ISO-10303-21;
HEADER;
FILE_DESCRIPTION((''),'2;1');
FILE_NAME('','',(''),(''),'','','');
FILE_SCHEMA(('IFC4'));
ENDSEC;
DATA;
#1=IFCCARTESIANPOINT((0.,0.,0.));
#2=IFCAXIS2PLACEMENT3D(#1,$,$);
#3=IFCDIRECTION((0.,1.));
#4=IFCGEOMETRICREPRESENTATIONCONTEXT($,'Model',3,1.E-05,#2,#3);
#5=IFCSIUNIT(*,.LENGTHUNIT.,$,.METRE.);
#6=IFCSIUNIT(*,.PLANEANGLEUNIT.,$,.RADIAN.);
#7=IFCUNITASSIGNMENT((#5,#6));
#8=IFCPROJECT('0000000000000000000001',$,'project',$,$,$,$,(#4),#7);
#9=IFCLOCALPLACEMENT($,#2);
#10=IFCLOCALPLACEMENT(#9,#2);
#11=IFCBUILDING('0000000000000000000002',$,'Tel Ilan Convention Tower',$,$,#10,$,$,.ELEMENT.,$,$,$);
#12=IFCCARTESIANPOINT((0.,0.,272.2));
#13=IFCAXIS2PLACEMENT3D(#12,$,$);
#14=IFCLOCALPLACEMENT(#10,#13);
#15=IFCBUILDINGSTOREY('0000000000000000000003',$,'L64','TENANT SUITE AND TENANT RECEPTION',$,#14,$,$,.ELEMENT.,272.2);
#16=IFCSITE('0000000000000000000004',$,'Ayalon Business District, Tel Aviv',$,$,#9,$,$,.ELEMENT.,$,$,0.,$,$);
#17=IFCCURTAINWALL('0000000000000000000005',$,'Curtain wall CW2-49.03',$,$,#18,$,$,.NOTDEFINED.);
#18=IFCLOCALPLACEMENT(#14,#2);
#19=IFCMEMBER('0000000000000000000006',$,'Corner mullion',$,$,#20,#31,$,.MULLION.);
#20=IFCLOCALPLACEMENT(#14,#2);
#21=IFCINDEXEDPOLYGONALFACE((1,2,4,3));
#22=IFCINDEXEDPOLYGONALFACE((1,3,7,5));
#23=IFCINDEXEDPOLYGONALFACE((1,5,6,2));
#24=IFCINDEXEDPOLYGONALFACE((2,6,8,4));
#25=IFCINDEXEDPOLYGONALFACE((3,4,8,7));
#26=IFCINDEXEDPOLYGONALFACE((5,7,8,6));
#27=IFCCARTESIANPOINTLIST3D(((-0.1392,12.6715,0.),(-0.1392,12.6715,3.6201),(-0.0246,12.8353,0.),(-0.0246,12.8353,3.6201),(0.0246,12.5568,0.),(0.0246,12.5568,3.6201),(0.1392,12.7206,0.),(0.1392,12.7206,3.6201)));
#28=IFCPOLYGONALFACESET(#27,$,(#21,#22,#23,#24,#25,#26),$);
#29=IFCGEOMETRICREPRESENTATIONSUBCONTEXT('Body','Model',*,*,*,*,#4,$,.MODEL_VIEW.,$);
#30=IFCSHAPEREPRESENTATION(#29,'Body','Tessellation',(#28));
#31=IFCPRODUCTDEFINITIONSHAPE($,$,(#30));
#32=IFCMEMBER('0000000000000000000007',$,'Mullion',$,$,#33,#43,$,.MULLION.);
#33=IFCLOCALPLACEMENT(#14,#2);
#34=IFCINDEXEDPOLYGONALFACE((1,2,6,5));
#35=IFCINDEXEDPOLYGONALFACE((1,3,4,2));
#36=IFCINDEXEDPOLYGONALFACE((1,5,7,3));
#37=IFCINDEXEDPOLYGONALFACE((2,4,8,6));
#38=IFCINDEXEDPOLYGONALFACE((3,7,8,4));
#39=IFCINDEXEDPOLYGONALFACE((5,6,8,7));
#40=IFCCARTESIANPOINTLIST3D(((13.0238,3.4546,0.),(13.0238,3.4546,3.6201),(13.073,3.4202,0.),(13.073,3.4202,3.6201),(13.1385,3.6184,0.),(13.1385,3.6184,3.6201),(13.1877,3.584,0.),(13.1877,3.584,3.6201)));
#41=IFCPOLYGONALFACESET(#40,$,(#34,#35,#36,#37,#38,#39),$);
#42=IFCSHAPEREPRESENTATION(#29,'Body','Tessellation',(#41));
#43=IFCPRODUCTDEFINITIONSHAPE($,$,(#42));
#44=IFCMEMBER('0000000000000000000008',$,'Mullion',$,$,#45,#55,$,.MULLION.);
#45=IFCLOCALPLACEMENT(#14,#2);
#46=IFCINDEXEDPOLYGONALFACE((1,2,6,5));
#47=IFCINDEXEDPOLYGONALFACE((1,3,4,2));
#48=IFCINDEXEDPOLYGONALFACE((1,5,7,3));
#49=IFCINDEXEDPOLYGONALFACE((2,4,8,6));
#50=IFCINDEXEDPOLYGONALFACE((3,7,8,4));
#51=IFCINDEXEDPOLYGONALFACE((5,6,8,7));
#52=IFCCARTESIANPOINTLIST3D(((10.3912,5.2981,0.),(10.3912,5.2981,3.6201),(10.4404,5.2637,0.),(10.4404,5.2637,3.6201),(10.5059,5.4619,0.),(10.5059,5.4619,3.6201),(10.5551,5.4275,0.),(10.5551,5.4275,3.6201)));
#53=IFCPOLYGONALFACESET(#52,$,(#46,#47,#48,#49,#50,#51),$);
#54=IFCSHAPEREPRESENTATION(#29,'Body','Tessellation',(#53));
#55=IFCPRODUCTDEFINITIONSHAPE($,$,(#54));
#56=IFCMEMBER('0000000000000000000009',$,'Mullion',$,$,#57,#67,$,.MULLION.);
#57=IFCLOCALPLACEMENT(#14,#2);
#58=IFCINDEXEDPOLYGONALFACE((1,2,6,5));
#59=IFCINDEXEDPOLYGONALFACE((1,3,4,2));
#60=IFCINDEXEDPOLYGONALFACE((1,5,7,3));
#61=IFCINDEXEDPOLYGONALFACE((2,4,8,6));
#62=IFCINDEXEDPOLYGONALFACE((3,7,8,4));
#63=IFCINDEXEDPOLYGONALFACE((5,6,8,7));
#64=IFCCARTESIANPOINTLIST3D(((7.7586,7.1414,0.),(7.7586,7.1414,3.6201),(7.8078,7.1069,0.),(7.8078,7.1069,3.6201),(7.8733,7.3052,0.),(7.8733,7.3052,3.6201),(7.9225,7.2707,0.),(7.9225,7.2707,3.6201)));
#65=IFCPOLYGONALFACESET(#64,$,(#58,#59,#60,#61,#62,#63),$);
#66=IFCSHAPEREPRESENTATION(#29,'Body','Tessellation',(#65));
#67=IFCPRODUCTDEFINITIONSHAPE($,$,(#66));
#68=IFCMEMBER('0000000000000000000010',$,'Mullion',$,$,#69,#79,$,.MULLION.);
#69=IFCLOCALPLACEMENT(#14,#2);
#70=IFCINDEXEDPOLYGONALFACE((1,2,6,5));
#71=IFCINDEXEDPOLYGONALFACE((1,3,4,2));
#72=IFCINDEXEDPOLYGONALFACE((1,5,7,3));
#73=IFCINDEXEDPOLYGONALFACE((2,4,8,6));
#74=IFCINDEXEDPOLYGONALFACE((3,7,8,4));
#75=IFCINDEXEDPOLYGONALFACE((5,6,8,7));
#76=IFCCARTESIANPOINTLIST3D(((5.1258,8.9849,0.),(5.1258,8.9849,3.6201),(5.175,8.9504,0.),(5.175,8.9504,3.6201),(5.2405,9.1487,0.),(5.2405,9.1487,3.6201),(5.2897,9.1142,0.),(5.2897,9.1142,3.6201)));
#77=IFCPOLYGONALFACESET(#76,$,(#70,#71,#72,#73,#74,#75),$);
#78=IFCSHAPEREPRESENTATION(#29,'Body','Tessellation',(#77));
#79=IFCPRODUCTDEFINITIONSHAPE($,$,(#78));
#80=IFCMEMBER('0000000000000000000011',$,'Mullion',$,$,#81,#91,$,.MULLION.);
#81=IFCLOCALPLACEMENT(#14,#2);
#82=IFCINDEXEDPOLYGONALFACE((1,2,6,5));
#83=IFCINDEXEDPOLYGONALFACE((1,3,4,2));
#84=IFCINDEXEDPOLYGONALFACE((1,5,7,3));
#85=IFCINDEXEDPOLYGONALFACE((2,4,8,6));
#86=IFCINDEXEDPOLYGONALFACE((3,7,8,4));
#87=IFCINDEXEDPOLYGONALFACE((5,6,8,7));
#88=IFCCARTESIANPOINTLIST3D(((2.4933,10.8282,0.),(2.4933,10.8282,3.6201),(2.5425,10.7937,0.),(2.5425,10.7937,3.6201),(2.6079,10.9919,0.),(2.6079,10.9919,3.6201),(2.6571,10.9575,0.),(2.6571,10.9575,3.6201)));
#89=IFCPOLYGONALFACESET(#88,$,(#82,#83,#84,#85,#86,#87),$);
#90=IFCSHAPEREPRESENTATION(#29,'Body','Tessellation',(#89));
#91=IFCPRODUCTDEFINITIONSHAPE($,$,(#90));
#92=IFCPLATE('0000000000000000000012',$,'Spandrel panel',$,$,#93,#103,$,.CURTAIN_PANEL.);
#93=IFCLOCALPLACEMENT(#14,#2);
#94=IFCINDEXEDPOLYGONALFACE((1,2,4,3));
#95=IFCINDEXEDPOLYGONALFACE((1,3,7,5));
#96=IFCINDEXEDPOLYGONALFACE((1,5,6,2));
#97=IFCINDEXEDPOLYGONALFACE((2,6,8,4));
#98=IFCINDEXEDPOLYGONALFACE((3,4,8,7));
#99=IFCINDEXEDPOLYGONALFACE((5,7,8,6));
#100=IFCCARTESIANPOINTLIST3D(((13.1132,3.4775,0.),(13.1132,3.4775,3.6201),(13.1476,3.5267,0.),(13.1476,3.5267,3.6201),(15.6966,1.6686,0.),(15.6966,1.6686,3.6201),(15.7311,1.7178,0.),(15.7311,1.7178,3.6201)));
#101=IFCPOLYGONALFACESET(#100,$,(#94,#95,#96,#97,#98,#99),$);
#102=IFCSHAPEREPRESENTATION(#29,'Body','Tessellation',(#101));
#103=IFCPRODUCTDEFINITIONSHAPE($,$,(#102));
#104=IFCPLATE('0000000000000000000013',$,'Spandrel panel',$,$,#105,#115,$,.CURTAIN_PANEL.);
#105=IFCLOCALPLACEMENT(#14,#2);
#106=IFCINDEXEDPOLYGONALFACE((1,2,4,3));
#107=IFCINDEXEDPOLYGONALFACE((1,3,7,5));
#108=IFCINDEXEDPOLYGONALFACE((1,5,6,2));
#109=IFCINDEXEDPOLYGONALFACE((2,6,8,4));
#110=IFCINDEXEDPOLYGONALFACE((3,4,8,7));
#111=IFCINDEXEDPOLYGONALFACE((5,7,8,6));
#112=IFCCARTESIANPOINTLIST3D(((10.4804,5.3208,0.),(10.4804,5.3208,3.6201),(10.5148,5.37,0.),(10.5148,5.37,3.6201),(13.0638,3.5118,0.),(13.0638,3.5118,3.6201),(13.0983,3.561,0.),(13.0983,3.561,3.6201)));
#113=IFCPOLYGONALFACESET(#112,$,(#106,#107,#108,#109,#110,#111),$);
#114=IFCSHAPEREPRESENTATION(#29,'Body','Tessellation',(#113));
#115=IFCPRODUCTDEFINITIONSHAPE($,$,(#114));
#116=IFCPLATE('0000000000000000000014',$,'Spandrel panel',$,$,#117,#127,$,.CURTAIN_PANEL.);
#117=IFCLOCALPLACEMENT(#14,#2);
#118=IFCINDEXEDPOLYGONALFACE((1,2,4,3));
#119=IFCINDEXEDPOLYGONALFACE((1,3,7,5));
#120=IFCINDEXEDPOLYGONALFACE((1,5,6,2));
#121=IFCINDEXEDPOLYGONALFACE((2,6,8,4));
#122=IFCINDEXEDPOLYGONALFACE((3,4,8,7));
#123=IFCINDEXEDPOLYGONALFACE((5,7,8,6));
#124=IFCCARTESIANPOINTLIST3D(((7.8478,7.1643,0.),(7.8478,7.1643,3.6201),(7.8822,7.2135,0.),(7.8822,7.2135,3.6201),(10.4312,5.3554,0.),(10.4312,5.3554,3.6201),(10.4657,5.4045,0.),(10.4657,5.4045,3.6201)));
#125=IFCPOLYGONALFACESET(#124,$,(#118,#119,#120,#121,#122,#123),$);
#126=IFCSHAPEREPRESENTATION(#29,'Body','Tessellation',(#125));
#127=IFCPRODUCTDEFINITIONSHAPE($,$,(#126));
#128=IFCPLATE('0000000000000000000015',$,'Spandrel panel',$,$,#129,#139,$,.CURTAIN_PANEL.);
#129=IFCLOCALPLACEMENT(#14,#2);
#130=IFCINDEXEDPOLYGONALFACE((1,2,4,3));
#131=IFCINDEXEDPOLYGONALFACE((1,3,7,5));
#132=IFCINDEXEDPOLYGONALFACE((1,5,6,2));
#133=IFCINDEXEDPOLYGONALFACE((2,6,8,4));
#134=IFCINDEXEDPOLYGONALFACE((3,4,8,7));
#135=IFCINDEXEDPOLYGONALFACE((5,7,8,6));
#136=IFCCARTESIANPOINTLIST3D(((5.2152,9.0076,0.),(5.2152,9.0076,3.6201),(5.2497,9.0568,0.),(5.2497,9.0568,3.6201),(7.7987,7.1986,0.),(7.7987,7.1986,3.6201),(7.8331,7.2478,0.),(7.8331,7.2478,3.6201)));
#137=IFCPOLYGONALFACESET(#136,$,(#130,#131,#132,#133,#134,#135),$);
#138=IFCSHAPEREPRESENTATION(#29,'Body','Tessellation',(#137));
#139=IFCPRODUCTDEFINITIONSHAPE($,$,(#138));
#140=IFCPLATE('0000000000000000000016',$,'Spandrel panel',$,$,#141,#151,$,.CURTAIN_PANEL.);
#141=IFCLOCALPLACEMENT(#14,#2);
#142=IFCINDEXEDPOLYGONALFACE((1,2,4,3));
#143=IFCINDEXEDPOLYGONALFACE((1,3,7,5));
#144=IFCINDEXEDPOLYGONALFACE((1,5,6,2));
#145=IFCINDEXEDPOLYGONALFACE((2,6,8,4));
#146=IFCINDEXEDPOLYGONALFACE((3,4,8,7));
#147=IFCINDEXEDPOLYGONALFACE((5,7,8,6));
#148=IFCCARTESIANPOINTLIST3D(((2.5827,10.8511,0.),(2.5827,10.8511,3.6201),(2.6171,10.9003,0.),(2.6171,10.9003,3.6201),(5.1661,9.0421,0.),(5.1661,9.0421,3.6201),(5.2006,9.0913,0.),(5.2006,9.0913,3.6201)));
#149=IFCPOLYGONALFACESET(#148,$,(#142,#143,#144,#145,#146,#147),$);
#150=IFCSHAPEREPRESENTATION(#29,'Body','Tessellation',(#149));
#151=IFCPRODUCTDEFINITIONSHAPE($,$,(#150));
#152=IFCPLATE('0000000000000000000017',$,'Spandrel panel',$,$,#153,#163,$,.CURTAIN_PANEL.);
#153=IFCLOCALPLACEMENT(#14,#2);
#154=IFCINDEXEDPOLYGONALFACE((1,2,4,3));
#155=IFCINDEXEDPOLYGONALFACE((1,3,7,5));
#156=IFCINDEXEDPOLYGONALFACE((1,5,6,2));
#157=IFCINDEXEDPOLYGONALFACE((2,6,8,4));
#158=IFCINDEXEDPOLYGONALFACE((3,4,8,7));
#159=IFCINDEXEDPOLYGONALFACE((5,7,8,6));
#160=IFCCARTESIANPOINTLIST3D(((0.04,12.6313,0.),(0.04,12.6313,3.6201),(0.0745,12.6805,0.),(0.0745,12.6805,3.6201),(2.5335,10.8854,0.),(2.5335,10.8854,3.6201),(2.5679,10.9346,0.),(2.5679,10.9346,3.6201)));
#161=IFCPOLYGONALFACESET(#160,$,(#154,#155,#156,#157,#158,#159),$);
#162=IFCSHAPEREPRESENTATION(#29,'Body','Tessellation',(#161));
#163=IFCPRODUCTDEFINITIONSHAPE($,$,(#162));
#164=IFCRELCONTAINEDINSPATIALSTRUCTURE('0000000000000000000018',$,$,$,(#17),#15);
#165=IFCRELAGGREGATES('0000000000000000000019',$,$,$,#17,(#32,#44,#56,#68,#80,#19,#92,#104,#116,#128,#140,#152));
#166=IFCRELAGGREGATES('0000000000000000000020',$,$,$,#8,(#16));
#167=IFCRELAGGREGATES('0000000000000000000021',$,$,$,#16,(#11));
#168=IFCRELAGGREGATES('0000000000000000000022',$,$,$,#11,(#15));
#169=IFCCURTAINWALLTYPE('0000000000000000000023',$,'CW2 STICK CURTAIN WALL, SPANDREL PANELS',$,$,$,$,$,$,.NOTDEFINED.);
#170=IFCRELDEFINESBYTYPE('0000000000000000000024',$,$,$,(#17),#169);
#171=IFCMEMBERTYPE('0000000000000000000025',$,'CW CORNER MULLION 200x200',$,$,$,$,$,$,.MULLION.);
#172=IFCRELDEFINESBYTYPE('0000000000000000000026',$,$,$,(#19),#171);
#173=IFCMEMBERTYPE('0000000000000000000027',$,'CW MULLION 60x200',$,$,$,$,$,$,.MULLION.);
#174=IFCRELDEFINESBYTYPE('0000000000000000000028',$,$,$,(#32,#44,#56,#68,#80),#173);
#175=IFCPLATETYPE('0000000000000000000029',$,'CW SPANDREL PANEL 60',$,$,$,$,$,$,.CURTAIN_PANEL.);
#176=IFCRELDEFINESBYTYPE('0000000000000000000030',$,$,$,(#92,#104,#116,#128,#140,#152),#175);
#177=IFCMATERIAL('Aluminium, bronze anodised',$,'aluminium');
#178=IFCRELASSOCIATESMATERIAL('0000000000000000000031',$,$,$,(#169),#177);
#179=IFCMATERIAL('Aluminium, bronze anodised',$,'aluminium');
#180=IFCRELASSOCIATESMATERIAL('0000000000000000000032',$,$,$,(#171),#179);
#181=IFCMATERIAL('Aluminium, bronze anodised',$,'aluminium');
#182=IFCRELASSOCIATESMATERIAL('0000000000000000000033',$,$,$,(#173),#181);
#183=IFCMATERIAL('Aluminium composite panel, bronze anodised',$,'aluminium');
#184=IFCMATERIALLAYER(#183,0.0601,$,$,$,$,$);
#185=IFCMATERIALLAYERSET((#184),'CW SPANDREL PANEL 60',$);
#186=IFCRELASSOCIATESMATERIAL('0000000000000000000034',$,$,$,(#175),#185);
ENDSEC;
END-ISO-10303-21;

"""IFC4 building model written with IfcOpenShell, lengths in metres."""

from ifc_helpers import new_model, si_unit, direction, frame, origin, origin_2d, place, context, subcontext, project, spatial, rectangle, extrude, material, layer, layer_set, material_profile, profile_set, type_object, element, aggregate, save


model = new_model("IFC4")

# Units and contexts
model_context = context("Model", 3, precision=1e-05, world=origin(), true_north=direction((0.0, 1.0)))
body_context = subcontext(model_context, "Body", "Model", "MODEL_VIEW")
ifc_project = project(units=[si_unit("LENGTHUNIT", "METRE"), si_unit("PLANEANGLEUNIT", "RADIAN")], contexts=[model_context])

# Site, building, storey
site_placement = place(None, origin())
site = spatial("IfcSite", under=ifc_project, at=site_placement, Name="Ayalon Business District, Tel Aviv", CompositionType="ELEMENT", RefElevation=0.0)
building_placement = place(site_placement, origin())
building = spatial("IfcBuilding", under=site, at=building_placement, Name="Tel Ilan Convention Tower", CompositionType="ELEMENT")
storey_placement = place(building_placement, frame((0.0, 0.0, 272.2)))
storey = spatial("IfcBuildingStorey", under=building, at=storey_placement, Name="L64", Description="TENANT SUITE AND TENANT RECEPTION", CompositionType="ELEMENT", Elevation=272.2)

# Curtain wall, members, plates
ifc_material_1 = material(Name="Aluminium, bronze anodised", Category="aluminium")
curtain_wall_type = type_object("IfcCurtainWallType", Name="CW2 STICK CURTAIN WALL, SPANDREL PANELS", PredefinedType="NOTDEFINED", material=ifc_material_1)
curtain_wall_placement = place(storey_placement, origin())
curtain_wall = element("IfcCurtainWall", 1, at=curtain_wall_placement, inside=storey, type_object=curtain_wall_type, Name="Curtain wall CW2-49.03", PredefinedType="NOTDEFINED")
ifc_material_2 = material(Name="Aluminium, bronze anodised", Category="aluminium")
ifc_material_profile_1 = material_profile(ifc_material_2, rectangle(XDim=0.2, YDim=0.2, at=origin_2d()), Name="CW CORNER MULLION 200x200")
ifc_profile_set_1 = profile_set([ifc_material_profile_1], Name="Aluminium, bronze anodised")
member_type_1 = type_object("IfcMemberType", Name="CW CORNER MULLION 200x200", PredefinedType="MULLION", material=ifc_profile_set_1)
member_1_placement = place(storey_placement, frame((0.0, 12.696, 0.0), z_axis=(0.0, 0.0, 1.0), x_axis=(-0.819152, 0.573576, 0.0)))
member_1 = element("IfcMember", 2, at=member_1_placement, type_object=member_type_1, Name="Corner mullion", PredefinedType="MULLION", context=body_context, shape_type="SweptSolid", body=[
    extrude(rectangle(XDim=0.2, YDim=0.2, at=origin_2d()), origin(), (0.0, 0.0, 1.0), 3.6201),
])
ifc_material_3 = material(Name="Aluminium, bronze anodised", Category="aluminium")
ifc_material_profile_2 = material_profile(ifc_material_3, rectangle(XDim=0.0601, YDim=0.2, at=origin_2d()), Name="CW MULLION 60x200")
ifc_profile_set_2 = profile_set([ifc_material_profile_2], Name="Aluminium, bronze anodised")
member_type_2 = type_object("IfcMemberType", Name="CW MULLION 60x200", PredefinedType="MULLION", material=ifc_profile_set_2)
member_2_placement = place(storey_placement, frame((13.1057, 3.5193, 0.0), z_axis=(0.0, 0.0, 1.0), x_axis=(-0.819152, 0.573576, 0.0)))
member_2 = element("IfcMember", 3, at=member_2_placement, type_object=member_type_2, Name="Mullion", PredefinedType="MULLION", context=body_context, shape_type="SweptSolid", body=[
    extrude(rectangle(XDim=0.0601, YDim=0.2, at=origin_2d()), origin(), (0.0, 0.0, 1.0), 3.6201),
])
member_3_placement = place(storey_placement, frame((10.4731, 5.3628, 0.0), z_axis=(0.0, 0.0, 1.0), x_axis=(-0.819152, 0.573576, 0.0)))
member_3 = element("IfcMember", 4, at=member_3_placement, type_object=member_type_2, Name="Mullion", PredefinedType="MULLION", context=body_context, shape_type="SweptSolid", body=[
    extrude(rectangle(XDim=0.0601, YDim=0.2, at=origin_2d()), origin(), (0.0, 0.0, 1.0), 3.6201),
])
member_4_placement = place(storey_placement, frame((7.8406, 7.2061, 0.0), z_axis=(0.0, 0.0, 1.0), x_axis=(-0.819152, 0.573576, 0.0)))
member_4 = element("IfcMember", 5, at=member_4_placement, type_object=member_type_2, Name="Mullion", PredefinedType="MULLION", context=body_context, shape_type="SweptSolid", body=[
    extrude(rectangle(XDim=0.0601, YDim=0.2, at=origin_2d()), origin(), (0.0, 0.0, 1.0), 3.6201),
])
member_5_placement = place(storey_placement, frame((5.2078, 9.0496, 0.0), z_axis=(0.0, 0.0, 1.0), x_axis=(-0.819152, 0.573576, 0.0)))
member_5 = element("IfcMember", 6, at=member_5_placement, type_object=member_type_2, Name="Mullion", PredefinedType="MULLION", context=body_context, shape_type="SweptSolid", body=[
    extrude(rectangle(XDim=0.0601, YDim=0.2, at=origin_2d()), origin(), (0.0, 0.0, 1.0), 3.6201),
])
member_6_placement = place(storey_placement, frame((2.5752, 10.8928, 0.0), z_axis=(0.0, 0.0, 1.0), x_axis=(-0.819152, 0.573576, 0.0)))
member_6 = element("IfcMember", 7, at=member_6_placement, type_object=member_type_2, Name="Mullion", PredefinedType="MULLION", context=body_context, shape_type="SweptSolid", body=[
    extrude(rectangle(XDim=0.0601, YDim=0.2, at=origin_2d()), origin(), (0.0, 0.0, 1.0), 3.6201),
])
ifc_material_4 = material(Name="Aluminium composite panel, bronze anodised", Category="aluminium")
ifc_layer_1 = layer(ifc_material_4, 0.0601)
ifc_layer_set_1 = layer_set([ifc_layer_1], Name="CW SPANDREL PANEL 60")
plate_type = type_object("IfcPlateType", Name="CW SPANDREL PANEL 60", PredefinedType="CURTAIN_PANEL", material=ifc_layer_set_1)
plate_1_placement = place(storey_placement, frame((14.4221, 2.5977, 0.0), z_axis=(0.0, 0.0, 1.0), x_axis=(-0.819152, 0.573576, 0.0)))
plate_1 = element("IfcPlate", 8, at=plate_1_placement, type_object=plate_type, Name="Spandrel panel", PredefinedType="CURTAIN_PANEL", context=body_context, shape_type="SweptSolid", body=[
    extrude(rectangle(XDim=3.1538, YDim=0.0601, at=origin_2d()), origin(), (0.0, 0.0, 1.0), 3.6201),
])
plate_2_placement = place(storey_placement, frame((11.7893, 4.4409, 0.0), z_axis=(0.0, 0.0, 1.0), x_axis=(-0.819152, 0.573576, 0.0)))
plate_2 = element("IfcPlate", 9, at=plate_2_placement, type_object=plate_type, Name="Spandrel panel", PredefinedType="CURTAIN_PANEL", context=body_context, shape_type="SweptSolid", body=[
    extrude(rectangle(XDim=3.1538, YDim=0.0601, at=origin_2d()), origin(), (0.0, 0.0, 1.0), 3.6201),
])
plate_3_placement = place(storey_placement, frame((9.1567, 6.2844, 0.0), z_axis=(0.0, 0.0, 1.0), x_axis=(-0.819152, 0.573576, 0.0)))
plate_3 = element("IfcPlate", 10, at=plate_3_placement, type_object=plate_type, Name="Spandrel panel", PredefinedType="CURTAIN_PANEL", context=body_context, shape_type="SweptSolid", body=[
    extrude(rectangle(XDim=3.1538, YDim=0.0601, at=origin_2d()), origin(), (0.0, 0.0, 1.0), 3.6201),
])
plate_4_placement = place(storey_placement, frame((6.5242, 8.1277, 0.0), z_axis=(0.0, 0.0, 1.0), x_axis=(-0.819152, 0.573576, 0.0)))
plate_4 = element("IfcPlate", 11, at=plate_4_placement, type_object=plate_type, Name="Spandrel panel", PredefinedType="CURTAIN_PANEL", context=body_context, shape_type="SweptSolid", body=[
    extrude(rectangle(XDim=3.1538, YDim=0.0601, at=origin_2d()), origin(), (0.0, 0.0, 1.0), 3.6201),
])
plate_5_placement = place(storey_placement, frame((3.8916, 9.9712, 0.0), z_axis=(0.0, 0.0, 1.0), x_axis=(-0.819152, 0.573576, 0.0)))
plate_5 = element("IfcPlate", 12, at=plate_5_placement, type_object=plate_type, Name="Spandrel panel", PredefinedType="CURTAIN_PANEL", context=body_context, shape_type="SweptSolid", body=[
    extrude(rectangle(XDim=3.1538, YDim=0.0601, at=origin_2d()), origin(), (0.0, 0.0, 1.0), 3.6201),
])
plate_6_placement = place(storey_placement, frame((1.304, 11.783, 0.0), z_axis=(0.0, 0.0, 1.0), x_axis=(-0.819152, 0.573576, 0.0)))
plate_6 = element("IfcPlate", 13, at=plate_6_placement, type_object=plate_type, Name="Spandrel panel", PredefinedType="CURTAIN_PANEL", context=body_context, shape_type="SweptSolid", body=[
    extrude(rectangle(XDim=3.0439, YDim=0.0601, at=origin_2d()), origin(), (0.0, 0.0, 1.0), 3.6201),
])
aggregate(curtain_wall, [member_2, member_3, member_4, member_5, member_6, member_1, plate_1, plate_2, plate_3, plate_4, plate_5, plate_6])

save(model, "model.ifc")
